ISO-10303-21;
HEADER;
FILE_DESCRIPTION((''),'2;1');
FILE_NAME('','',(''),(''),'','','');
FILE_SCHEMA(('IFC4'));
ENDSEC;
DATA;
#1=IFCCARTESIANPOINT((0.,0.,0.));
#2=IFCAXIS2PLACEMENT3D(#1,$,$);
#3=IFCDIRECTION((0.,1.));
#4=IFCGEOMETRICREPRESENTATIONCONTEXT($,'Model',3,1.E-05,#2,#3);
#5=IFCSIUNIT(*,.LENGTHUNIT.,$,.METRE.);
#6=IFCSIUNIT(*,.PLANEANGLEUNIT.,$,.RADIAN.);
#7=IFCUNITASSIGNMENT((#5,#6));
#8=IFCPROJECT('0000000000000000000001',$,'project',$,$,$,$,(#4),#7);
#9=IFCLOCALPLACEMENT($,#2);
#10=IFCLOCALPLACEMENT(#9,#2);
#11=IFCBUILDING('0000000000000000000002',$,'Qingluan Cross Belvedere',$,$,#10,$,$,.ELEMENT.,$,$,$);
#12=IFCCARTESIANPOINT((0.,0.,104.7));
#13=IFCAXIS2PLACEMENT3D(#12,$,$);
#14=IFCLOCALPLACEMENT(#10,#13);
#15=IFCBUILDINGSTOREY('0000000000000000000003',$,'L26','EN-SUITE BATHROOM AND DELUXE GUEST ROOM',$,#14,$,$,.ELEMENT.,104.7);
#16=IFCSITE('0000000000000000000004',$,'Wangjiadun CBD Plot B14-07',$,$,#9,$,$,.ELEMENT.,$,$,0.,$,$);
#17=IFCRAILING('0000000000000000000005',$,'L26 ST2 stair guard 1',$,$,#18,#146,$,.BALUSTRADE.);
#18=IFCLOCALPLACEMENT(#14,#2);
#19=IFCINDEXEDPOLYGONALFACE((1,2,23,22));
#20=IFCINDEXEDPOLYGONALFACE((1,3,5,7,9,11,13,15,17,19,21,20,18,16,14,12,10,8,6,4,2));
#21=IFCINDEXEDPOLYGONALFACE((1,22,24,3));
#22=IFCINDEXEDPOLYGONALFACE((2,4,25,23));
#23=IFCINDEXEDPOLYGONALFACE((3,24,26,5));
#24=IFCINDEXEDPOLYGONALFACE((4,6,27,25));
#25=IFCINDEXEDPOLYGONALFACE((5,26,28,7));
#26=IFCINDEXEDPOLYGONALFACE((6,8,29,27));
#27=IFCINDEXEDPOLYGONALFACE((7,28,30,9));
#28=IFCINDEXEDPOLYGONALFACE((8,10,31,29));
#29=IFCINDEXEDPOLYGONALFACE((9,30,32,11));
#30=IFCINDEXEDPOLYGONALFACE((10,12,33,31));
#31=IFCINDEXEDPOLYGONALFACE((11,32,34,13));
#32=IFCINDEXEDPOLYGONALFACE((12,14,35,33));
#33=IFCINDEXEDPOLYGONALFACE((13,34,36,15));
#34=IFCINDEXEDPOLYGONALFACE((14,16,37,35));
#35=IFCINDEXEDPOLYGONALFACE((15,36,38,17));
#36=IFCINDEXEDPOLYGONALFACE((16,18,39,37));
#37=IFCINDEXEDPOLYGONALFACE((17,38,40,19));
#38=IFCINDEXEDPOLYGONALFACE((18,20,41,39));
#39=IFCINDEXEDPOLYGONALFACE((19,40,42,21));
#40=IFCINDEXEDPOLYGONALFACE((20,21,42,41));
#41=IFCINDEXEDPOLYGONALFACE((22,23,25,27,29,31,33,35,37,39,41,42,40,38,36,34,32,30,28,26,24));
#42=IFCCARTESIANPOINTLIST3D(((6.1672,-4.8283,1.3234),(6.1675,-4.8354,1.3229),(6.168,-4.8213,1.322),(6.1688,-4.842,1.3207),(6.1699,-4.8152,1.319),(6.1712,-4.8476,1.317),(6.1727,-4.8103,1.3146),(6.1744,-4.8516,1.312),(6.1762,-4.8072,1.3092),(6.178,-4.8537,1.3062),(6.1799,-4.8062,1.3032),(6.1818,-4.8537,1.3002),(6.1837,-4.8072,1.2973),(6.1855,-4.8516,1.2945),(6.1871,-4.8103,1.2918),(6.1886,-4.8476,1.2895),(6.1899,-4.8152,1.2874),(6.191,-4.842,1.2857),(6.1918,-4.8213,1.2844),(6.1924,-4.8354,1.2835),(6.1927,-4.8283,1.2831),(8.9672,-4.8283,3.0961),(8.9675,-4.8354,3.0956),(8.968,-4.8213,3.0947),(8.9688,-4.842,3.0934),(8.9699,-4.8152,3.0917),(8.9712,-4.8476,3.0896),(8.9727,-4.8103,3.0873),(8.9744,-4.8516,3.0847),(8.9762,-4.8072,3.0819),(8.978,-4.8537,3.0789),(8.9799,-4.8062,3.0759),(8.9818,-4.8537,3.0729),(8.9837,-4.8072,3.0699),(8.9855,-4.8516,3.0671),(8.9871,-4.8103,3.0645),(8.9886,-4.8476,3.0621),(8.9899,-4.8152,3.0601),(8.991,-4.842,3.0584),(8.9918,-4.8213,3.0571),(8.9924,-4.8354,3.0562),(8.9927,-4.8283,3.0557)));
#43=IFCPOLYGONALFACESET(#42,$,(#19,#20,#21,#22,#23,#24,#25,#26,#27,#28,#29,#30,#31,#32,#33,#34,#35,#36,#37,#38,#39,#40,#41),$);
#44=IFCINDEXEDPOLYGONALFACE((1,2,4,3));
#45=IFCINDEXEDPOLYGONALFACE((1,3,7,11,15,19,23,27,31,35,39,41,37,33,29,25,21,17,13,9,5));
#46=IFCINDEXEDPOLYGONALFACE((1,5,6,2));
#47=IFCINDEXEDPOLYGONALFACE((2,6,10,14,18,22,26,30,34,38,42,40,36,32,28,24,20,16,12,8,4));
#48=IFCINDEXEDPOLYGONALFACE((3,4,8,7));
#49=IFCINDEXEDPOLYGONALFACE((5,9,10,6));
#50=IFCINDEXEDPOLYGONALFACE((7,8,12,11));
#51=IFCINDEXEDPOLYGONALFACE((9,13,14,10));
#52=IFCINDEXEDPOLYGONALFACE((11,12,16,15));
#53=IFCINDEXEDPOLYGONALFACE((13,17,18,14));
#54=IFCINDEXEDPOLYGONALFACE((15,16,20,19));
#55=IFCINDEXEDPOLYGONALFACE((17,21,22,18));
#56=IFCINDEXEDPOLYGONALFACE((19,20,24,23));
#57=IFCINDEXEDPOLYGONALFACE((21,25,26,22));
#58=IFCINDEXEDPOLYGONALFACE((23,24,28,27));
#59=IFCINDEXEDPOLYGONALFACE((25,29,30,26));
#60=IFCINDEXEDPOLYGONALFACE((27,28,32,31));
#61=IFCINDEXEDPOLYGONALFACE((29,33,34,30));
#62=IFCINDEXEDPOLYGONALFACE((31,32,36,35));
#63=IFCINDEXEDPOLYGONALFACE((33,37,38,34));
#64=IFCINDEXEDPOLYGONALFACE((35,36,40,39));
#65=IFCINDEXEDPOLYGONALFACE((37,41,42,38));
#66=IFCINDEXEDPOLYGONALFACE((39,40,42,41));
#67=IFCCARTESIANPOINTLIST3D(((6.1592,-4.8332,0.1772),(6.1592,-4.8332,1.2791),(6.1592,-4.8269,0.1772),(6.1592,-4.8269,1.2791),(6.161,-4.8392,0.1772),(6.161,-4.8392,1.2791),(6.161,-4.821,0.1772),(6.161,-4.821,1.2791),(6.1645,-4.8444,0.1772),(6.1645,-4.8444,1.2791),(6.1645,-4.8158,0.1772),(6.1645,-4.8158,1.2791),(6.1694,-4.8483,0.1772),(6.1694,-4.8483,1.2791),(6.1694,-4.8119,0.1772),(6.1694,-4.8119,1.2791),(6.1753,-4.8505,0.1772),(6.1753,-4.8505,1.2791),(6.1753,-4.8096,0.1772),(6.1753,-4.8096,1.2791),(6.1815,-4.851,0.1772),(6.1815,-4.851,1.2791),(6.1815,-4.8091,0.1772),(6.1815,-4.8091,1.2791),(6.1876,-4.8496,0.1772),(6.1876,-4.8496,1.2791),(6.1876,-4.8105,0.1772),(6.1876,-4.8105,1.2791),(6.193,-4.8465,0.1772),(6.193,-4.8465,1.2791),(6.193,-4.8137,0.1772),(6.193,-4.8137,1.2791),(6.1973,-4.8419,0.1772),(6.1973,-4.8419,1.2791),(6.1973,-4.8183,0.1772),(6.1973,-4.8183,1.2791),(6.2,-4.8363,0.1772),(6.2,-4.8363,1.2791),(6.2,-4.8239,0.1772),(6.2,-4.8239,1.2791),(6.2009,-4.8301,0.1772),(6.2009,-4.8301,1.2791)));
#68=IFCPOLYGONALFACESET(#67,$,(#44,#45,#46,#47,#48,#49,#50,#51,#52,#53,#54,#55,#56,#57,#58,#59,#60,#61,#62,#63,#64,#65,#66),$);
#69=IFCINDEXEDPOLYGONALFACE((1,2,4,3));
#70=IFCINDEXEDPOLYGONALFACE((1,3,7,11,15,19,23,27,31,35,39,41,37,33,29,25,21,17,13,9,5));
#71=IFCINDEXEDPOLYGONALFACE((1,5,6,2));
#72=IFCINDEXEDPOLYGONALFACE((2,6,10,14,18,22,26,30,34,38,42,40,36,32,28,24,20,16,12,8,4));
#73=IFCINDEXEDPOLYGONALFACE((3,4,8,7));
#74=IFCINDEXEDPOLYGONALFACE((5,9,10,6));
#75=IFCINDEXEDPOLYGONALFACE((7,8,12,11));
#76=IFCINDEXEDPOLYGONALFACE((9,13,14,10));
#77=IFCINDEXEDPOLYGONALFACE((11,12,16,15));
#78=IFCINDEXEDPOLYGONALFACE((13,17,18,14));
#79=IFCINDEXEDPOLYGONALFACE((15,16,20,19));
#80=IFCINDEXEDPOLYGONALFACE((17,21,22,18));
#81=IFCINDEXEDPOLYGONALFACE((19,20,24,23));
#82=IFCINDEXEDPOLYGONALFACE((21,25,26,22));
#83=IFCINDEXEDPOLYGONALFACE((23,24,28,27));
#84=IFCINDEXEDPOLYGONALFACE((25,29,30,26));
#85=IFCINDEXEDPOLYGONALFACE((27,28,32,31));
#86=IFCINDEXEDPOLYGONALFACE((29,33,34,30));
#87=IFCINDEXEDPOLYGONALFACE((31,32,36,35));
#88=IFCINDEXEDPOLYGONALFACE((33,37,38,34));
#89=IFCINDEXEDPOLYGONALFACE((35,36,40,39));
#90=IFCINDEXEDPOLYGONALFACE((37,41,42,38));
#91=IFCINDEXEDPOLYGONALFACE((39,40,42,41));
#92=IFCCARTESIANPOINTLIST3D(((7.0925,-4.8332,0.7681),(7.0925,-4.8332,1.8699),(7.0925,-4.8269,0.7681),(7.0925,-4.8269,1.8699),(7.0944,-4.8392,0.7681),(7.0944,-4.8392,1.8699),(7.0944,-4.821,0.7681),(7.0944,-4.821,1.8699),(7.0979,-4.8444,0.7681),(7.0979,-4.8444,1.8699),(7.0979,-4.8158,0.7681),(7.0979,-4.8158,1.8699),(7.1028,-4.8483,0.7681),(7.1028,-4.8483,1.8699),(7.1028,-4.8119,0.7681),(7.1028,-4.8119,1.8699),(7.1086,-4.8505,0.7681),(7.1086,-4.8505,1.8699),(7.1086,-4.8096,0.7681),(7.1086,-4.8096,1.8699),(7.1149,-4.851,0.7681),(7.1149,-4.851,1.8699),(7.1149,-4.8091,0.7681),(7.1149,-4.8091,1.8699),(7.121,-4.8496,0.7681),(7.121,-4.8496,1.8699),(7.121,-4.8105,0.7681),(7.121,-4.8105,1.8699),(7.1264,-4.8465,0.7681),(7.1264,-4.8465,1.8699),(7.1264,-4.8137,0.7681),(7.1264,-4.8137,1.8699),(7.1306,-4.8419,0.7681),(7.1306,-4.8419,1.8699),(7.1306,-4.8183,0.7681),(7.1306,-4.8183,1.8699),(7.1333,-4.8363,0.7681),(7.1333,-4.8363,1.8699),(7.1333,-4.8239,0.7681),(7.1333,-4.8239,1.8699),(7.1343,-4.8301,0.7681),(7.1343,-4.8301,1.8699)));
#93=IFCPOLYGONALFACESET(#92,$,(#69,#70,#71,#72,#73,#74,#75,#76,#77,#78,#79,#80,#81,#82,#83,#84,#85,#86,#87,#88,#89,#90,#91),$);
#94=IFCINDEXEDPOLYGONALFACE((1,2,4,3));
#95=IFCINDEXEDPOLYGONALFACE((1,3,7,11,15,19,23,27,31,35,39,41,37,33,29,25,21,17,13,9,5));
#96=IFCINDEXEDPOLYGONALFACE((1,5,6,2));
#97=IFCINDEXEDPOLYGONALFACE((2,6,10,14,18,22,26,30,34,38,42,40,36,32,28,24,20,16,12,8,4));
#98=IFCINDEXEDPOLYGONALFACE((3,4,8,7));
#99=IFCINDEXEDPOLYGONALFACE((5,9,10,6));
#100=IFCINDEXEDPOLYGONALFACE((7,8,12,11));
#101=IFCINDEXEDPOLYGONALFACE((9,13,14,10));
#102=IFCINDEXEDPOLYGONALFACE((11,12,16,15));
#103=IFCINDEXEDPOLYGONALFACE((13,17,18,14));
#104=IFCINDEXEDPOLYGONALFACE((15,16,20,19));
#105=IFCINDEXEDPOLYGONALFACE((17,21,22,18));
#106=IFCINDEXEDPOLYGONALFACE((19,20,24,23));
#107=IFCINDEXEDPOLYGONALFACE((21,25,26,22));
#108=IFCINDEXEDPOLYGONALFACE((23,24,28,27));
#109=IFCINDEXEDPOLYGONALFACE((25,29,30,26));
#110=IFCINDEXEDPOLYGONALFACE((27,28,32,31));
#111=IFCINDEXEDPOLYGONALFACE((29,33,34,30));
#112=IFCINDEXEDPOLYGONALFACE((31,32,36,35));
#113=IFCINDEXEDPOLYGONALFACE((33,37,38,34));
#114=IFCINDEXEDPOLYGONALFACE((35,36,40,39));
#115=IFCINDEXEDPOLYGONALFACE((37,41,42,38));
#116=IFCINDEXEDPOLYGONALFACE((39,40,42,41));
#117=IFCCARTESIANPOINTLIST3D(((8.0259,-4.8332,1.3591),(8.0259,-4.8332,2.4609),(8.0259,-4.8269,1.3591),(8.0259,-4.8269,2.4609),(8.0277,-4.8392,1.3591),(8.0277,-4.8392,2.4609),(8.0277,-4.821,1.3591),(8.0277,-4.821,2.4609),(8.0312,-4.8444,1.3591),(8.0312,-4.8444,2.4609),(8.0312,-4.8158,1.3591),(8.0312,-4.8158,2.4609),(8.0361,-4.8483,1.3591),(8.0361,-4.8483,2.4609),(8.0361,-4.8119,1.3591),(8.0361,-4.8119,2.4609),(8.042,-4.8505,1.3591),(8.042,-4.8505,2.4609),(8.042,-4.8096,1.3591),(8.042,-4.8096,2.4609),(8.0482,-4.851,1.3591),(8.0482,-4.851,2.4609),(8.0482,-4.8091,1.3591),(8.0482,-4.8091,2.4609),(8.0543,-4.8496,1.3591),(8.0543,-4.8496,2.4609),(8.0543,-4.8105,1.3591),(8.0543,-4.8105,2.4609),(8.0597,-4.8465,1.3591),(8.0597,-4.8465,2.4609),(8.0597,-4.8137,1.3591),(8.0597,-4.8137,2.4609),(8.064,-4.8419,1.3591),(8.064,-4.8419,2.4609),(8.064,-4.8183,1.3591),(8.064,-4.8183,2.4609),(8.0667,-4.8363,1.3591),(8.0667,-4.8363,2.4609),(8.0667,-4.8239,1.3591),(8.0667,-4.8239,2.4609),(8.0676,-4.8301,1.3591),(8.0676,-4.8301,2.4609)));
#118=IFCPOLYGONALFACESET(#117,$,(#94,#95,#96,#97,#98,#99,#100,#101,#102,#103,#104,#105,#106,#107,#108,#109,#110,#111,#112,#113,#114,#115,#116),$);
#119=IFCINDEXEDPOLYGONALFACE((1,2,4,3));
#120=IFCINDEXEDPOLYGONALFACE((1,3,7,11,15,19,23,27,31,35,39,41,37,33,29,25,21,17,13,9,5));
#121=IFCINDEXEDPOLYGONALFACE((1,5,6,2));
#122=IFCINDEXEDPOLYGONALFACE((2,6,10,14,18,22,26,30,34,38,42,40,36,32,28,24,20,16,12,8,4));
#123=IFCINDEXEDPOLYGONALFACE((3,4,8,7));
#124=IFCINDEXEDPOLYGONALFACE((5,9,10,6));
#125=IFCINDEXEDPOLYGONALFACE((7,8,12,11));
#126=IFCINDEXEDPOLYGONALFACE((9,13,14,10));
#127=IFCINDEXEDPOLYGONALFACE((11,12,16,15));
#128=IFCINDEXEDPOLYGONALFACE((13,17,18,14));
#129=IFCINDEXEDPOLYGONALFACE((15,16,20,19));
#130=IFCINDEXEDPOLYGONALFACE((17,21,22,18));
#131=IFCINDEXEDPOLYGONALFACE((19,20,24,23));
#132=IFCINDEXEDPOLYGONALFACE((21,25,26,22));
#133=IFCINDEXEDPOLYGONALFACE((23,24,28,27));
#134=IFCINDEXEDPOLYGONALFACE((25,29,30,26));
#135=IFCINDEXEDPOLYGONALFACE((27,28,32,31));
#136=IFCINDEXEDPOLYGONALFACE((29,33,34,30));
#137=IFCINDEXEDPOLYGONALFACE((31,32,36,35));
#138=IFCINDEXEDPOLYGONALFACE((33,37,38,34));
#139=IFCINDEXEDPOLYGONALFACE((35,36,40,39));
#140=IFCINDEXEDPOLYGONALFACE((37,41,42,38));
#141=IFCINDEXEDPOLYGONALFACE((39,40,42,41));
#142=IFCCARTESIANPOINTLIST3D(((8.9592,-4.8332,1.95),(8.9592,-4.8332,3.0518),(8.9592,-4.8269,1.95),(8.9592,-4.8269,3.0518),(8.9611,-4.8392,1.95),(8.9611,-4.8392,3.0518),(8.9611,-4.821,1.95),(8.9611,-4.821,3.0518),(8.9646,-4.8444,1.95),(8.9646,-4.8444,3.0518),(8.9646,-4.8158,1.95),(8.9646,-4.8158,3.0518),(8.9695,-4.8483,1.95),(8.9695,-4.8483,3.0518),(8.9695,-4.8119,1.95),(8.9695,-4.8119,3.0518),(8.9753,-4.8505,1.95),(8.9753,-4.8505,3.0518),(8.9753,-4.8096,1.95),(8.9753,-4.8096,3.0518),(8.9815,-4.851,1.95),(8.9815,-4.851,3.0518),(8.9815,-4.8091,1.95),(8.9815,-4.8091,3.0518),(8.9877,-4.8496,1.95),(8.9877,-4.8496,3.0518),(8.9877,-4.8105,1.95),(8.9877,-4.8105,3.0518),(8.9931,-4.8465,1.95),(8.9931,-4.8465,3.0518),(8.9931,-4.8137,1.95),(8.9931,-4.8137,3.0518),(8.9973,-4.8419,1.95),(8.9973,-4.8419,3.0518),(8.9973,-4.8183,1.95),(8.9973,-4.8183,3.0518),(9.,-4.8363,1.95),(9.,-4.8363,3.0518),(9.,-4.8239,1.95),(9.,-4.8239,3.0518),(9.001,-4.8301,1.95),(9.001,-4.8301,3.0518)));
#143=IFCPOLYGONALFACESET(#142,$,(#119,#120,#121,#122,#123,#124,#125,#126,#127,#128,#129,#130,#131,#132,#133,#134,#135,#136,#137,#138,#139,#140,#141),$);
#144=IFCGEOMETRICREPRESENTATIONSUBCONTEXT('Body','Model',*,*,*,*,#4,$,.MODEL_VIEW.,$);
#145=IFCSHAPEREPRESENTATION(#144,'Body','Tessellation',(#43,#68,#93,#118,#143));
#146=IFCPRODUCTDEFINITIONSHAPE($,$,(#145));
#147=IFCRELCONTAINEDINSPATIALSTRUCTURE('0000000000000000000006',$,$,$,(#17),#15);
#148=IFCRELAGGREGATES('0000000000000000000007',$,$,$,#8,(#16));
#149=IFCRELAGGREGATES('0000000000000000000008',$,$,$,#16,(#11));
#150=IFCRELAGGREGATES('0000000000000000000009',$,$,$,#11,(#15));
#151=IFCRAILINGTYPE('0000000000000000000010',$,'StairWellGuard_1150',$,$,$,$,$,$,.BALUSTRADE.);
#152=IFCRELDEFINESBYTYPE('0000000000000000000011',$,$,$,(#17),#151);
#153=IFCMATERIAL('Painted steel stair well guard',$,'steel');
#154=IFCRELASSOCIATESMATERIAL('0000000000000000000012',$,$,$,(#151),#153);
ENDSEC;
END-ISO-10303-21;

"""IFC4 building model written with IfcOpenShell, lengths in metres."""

from ifc_helpers import new_model, si_unit, direction, frame, origin, origin_2d, place, context, subcontext, project, spatial, circle, extrude, material, type_object, element, save


model = new_model("IFC4")

# Units and contexts
model_context = context("Model", 3, precision=1e-05, world=origin(), true_north=direction((0.0, 1.0)))
body_context = subcontext(model_context, "Body", "Model", "MODEL_VIEW")
ifc_project = project(units=[si_unit("LENGTHUNIT", "METRE"), si_unit("PLANEANGLEUNIT", "RADIAN")], contexts=[model_context])

# Site, building, storey
site_placement = place(None, origin())
site = spatial("IfcSite", under=ifc_project, at=site_placement, Name="Wangjiadun CBD Plot B14-07", CompositionType="ELEMENT", RefElevation=0.0)
building_placement = place(site_placement, origin())
building = spatial("IfcBuilding", under=site, at=building_placement, Name="Qingluan Cross Belvedere", CompositionType="ELEMENT")
storey_placement = place(building_placement, frame((0.0, 0.0, 104.7)))
storey = spatial("IfcBuildingStorey", under=building, at=storey_placement, Name="L26", Description="EN-SUITE BATHROOM AND DELUXE GUEST ROOM", CompositionType="ELEMENT", Elevation=104.7)

# Railing
ifc_material_1 = material(Name="Painted steel stair well guard", Category="steel")
railing_type_1 = type_object("IfcRailingType", Name="StairWellGuard_1150", PredefinedType="BALUSTRADE", material=ifc_material_1)
railing_1_placement = place(storey_placement, frame((6.1799, -4.8301, 0.1772)))
element("IfcRailing", 1, at=railing_1_placement, inside=storey, type_object=railing_type_1, Name="L26 ST2 stair guard 1", PredefinedType="BALUSTRADE", context=body_context, shape_type="SweptSolid", body=[
    extrude(circle(Radius=0.0239, at=origin_2d()), frame((0.0, 0.0, 1.126), z_axis=(0.844909, 0.0, 0.53491), x_axis=(0.0, 1.0, 0.0)), (0.0, 0.0, 1.0), 3.314),
    extrude(circle(Radius=0.021, at=origin_2d()), origin(), (0.0, 0.0, 1.0), 1.1018),
    extrude(circle(Radius=0.021, at=origin_2d()), frame((0.9333, 0.0, 0.5908)), (0.0, 0.0, 1.0), 1.1018),
    extrude(circle(Radius=0.021, at=origin_2d()), frame((1.8667, 0.0, 1.1819)), (0.0, 0.0, 1.0), 1.1018),
    extrude(circle(Radius=0.021, at=origin_2d()), frame((2.8, 0.0, 1.7727)), (0.0, 0.0, 1.0), 1.1018),
])

save(model, "model.ifc")
